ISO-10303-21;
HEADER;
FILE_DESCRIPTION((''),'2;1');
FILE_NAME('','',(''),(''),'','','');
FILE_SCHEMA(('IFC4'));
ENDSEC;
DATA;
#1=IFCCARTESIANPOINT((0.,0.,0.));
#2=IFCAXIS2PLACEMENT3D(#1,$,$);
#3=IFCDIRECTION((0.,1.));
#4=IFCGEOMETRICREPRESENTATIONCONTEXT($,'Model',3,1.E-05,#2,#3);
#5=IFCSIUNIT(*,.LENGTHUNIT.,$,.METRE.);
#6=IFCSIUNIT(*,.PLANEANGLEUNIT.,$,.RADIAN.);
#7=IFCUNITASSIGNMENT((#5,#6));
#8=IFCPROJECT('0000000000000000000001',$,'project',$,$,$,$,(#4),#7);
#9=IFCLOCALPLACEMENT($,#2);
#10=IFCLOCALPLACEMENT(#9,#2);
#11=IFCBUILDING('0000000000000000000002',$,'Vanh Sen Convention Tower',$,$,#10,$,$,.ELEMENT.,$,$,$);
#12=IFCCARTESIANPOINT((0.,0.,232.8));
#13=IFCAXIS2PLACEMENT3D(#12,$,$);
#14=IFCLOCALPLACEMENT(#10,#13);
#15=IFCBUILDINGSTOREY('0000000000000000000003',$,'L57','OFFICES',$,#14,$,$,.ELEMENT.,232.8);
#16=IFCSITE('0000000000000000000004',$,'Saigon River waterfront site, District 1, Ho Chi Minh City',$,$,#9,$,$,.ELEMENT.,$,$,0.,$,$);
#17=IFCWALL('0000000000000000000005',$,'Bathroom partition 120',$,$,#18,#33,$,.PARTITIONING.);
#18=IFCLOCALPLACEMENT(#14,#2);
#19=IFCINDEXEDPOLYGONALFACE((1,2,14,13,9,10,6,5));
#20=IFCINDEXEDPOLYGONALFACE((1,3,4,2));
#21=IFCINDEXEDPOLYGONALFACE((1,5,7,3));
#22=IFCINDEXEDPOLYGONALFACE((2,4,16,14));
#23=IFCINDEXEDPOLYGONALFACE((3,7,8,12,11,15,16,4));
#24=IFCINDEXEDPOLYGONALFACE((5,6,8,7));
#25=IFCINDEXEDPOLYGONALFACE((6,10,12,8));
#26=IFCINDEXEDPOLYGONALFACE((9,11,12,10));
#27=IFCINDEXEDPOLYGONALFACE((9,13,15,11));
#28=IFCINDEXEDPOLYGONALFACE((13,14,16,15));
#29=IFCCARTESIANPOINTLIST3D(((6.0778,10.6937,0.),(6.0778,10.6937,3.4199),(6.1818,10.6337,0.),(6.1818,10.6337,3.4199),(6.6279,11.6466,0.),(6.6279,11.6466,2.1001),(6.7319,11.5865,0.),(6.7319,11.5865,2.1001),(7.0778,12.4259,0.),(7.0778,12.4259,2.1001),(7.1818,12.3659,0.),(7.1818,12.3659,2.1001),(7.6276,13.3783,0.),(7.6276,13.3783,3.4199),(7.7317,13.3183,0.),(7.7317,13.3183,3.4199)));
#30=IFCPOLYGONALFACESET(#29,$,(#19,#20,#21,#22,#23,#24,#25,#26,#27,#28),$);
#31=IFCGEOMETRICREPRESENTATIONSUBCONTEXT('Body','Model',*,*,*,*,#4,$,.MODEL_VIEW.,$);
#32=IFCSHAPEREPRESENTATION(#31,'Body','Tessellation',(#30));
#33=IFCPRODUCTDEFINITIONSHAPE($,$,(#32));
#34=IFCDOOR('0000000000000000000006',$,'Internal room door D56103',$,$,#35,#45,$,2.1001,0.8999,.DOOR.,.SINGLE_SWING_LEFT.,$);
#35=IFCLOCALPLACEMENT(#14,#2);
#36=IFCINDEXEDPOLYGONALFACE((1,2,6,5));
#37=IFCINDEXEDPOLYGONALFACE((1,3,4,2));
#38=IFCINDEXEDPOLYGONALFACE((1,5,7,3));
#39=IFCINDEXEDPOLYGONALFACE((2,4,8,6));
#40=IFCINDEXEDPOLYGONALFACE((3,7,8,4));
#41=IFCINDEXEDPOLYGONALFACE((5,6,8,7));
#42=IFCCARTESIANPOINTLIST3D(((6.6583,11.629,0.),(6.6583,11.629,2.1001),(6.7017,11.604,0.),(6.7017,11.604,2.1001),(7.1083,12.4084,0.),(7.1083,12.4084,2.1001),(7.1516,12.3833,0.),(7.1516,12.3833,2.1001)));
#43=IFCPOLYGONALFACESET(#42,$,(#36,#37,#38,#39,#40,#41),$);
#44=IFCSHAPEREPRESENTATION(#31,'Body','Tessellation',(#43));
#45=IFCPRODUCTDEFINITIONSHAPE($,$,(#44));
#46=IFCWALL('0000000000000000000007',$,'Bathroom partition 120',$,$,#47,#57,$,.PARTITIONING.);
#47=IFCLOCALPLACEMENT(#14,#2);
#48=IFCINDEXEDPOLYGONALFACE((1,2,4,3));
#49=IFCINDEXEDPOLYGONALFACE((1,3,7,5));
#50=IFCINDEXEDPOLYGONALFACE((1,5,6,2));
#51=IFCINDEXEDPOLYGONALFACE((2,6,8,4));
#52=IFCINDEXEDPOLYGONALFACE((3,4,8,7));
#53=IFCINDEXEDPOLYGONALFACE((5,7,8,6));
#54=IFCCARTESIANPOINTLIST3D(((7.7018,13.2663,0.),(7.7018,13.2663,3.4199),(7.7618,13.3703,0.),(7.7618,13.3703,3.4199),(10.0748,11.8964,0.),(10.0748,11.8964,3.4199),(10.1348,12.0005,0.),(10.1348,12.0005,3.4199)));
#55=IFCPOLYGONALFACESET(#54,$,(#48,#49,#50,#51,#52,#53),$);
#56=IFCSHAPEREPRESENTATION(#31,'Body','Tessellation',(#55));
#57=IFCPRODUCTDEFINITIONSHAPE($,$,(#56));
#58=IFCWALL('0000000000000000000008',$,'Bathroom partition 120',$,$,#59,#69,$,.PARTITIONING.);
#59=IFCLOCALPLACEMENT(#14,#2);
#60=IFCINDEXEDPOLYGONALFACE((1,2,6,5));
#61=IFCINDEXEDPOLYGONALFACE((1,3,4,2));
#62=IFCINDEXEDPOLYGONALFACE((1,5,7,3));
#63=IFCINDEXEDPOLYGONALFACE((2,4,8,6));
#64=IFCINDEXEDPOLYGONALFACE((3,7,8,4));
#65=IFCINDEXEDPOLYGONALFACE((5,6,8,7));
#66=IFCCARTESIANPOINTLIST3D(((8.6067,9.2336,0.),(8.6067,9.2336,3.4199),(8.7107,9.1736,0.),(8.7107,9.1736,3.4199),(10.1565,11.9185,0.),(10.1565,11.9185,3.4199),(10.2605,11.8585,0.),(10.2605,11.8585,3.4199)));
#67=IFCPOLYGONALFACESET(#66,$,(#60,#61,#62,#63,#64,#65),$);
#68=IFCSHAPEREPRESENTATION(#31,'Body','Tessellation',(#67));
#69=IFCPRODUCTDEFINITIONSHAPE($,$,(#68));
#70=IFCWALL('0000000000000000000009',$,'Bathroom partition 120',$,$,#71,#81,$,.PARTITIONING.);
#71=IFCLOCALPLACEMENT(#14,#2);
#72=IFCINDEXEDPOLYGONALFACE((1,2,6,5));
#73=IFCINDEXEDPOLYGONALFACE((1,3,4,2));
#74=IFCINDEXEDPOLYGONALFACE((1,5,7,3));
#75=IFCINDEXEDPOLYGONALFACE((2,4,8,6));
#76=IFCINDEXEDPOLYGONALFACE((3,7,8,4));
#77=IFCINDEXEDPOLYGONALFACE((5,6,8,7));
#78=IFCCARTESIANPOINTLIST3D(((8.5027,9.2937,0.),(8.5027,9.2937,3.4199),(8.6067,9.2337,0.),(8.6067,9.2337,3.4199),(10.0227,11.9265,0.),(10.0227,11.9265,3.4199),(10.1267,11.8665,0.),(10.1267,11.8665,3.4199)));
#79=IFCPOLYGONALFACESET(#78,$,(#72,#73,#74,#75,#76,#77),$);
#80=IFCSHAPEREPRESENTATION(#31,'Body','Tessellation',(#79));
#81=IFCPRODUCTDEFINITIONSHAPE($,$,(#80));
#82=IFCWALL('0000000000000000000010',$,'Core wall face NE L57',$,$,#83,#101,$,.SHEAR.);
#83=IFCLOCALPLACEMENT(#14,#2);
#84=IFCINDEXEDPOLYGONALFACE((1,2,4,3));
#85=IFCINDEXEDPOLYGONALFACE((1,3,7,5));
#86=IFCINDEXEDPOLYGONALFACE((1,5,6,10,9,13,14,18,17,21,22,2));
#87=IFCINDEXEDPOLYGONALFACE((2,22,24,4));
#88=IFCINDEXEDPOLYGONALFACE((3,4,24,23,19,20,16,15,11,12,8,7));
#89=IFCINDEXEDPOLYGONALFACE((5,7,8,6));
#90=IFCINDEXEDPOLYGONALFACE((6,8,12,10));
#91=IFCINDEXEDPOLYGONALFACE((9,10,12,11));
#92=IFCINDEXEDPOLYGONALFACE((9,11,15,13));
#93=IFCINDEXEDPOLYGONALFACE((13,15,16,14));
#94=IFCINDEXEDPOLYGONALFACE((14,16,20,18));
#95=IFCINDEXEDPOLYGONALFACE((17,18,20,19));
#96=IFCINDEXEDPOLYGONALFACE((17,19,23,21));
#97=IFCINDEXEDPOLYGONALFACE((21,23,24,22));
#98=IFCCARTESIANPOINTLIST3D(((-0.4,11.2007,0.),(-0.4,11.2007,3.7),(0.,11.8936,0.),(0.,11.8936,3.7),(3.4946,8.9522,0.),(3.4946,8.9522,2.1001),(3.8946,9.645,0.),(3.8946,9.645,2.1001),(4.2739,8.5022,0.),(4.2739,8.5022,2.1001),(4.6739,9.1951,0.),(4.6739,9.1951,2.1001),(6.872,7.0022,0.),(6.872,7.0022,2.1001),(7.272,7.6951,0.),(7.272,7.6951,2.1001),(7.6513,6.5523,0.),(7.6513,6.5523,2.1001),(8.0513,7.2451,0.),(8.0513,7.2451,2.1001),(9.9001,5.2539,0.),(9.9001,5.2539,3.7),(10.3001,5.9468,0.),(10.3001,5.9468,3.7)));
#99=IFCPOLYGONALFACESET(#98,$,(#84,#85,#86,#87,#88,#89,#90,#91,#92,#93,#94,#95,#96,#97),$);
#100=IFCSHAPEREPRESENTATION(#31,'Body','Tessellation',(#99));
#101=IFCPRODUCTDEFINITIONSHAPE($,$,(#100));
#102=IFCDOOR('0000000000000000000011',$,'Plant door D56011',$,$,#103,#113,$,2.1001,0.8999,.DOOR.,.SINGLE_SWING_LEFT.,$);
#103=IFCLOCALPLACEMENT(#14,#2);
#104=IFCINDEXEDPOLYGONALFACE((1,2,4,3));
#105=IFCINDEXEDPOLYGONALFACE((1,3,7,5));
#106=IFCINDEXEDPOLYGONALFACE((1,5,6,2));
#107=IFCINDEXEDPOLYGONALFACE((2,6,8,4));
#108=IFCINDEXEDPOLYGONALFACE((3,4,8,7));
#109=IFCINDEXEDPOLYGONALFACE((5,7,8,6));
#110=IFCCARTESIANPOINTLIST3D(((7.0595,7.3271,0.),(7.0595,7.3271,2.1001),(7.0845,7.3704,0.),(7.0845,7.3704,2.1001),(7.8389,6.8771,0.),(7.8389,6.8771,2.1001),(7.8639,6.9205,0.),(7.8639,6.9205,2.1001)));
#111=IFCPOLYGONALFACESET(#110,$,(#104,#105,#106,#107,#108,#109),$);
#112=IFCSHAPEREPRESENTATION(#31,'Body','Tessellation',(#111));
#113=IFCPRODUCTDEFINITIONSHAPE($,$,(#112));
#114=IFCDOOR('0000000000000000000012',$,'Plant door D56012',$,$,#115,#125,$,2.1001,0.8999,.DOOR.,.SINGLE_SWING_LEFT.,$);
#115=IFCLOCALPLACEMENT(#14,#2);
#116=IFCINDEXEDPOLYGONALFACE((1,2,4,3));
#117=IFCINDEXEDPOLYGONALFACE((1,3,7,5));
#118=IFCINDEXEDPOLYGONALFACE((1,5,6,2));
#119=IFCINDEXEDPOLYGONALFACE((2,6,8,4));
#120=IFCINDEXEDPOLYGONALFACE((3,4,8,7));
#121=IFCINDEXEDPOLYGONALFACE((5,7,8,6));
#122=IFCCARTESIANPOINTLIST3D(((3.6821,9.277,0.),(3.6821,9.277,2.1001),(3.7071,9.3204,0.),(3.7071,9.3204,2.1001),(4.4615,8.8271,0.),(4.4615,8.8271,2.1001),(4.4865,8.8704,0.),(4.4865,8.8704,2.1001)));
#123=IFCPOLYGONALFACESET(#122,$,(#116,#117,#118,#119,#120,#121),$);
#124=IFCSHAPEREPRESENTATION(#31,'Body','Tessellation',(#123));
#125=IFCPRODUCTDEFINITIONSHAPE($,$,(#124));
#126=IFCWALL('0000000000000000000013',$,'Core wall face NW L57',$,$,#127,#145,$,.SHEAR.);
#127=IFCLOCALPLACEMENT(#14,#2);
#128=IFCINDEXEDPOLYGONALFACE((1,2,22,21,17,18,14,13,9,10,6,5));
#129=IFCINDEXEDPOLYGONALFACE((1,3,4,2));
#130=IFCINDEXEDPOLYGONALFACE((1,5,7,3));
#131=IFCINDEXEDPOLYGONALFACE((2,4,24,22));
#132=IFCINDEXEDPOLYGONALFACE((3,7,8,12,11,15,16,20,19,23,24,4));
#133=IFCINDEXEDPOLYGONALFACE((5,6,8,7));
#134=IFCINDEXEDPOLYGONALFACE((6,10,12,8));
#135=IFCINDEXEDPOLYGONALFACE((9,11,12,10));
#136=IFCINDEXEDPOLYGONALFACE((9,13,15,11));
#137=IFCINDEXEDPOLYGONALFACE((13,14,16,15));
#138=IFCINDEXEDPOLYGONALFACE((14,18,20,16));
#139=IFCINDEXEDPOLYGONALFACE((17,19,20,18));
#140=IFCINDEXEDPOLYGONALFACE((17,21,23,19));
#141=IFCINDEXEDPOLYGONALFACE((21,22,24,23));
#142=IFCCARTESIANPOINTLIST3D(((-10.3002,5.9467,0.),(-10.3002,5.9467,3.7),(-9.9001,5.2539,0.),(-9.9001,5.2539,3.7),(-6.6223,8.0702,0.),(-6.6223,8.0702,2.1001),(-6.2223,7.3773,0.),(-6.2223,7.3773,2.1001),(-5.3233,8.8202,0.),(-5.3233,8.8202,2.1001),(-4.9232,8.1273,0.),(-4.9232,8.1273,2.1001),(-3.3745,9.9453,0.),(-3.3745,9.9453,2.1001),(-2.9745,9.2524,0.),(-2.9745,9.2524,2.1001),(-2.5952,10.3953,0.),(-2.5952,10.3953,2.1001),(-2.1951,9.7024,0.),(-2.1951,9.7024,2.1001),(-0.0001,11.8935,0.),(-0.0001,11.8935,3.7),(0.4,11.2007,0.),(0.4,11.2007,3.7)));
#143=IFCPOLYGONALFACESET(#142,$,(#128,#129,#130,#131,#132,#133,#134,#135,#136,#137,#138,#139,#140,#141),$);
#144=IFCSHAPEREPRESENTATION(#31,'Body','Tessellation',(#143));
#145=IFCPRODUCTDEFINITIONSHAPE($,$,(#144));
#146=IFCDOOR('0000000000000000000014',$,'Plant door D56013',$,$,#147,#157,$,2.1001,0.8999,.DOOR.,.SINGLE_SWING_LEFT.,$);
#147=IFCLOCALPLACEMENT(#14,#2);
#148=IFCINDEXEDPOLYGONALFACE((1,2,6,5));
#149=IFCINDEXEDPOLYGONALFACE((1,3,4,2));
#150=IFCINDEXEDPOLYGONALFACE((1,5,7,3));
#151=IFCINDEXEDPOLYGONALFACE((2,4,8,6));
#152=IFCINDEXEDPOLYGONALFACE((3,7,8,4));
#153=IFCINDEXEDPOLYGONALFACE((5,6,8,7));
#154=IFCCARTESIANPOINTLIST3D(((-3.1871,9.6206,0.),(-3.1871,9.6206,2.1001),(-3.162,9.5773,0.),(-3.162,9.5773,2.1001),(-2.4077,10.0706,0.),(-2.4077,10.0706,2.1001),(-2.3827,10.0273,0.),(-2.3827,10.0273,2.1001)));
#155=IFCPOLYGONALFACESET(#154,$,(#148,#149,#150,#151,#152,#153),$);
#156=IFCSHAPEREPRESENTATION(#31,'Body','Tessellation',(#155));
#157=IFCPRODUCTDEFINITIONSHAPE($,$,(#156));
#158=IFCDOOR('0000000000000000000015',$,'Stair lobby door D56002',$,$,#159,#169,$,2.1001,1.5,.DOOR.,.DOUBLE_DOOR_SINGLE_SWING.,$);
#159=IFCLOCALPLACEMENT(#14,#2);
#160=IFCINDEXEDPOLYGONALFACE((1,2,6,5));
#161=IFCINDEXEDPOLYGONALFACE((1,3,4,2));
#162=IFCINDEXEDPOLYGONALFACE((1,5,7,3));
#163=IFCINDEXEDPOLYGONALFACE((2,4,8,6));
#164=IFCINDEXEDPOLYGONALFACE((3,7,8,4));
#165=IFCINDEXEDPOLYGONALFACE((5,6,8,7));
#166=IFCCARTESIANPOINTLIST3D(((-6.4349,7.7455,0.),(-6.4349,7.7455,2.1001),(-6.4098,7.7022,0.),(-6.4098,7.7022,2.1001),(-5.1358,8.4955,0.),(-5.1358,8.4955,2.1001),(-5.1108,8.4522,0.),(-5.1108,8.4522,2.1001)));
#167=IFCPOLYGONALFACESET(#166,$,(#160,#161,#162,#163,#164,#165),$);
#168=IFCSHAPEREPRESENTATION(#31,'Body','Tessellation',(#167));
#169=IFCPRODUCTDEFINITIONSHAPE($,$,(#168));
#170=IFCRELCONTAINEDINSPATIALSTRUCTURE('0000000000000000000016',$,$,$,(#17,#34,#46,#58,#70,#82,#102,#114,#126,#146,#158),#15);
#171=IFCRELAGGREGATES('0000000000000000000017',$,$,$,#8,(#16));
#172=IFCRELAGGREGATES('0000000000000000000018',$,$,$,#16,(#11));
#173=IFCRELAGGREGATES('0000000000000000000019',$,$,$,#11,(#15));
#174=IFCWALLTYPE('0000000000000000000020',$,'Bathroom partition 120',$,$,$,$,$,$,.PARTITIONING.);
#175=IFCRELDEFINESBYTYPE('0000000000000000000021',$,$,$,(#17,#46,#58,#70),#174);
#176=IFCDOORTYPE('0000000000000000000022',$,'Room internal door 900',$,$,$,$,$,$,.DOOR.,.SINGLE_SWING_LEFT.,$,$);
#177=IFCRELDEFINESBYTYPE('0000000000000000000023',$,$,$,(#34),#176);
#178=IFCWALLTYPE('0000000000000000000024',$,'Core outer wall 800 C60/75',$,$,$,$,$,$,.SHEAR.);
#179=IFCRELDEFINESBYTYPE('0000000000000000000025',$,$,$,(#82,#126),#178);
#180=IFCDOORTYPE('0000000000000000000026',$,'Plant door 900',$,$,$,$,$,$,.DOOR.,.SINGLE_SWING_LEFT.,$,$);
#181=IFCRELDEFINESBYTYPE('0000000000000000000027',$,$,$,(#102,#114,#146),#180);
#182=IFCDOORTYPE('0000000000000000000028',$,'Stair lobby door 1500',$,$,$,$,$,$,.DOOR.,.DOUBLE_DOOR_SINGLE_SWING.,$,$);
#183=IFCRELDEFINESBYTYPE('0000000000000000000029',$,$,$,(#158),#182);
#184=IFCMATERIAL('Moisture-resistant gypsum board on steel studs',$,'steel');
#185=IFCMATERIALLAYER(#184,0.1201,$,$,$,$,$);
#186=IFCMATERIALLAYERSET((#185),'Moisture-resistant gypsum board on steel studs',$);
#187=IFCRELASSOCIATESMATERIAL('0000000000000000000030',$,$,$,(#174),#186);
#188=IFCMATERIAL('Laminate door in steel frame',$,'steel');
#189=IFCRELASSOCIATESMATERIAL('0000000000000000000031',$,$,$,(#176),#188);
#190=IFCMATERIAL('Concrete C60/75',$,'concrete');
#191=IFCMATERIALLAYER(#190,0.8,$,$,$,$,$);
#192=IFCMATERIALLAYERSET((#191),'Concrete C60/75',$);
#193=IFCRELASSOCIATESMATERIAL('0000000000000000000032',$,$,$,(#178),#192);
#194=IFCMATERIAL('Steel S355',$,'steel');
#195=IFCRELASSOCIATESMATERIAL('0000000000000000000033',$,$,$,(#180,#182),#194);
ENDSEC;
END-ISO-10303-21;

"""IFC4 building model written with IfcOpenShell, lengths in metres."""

from ifc_helpers import new_model, si_unit, direction, frame, frame_2d, origin, place, context, subcontext, project, spatial, rectangle, extrude, material, layer, layer_set, type_object, element, fill, save


model = new_model("IFC4")

# Units and contexts
model_context = context("Model", 3, precision=1e-05, world=origin(), true_north=direction((0.0, 1.0)))
body_context = subcontext(model_context, "Body", "Model", "MODEL_VIEW")
ifc_project = project(units=[si_unit("LENGTHUNIT", "METRE"), si_unit("PLANEANGLEUNIT", "RADIAN")], contexts=[model_context])

# Site, building, storey
site_placement = place(None, origin())
site = spatial("IfcSite", under=ifc_project, at=site_placement, Name="Saigon River waterfront site, District 1, Ho Chi Minh City", CompositionType="ELEMENT", RefElevation=0.0)
building_placement = place(site_placement, origin())
building = spatial("IfcBuilding", under=site, at=building_placement, Name="Vanh Sen Convention Tower", CompositionType="ELEMENT")
storey_placement = place(building_placement, frame((0.0, 0.0, 232.8)))
storey = spatial("IfcBuildingStorey", under=building, at=storey_placement, Name="L57", Description="OFFICES", CompositionType="ELEMENT", Elevation=232.8)

# Wall, opening, door
ifc_material_1 = material(Name="Moisture-resistant gypsum board on steel studs", Category="steel")
ifc_layer_1 = layer(ifc_material_1, 0.1201)
ifc_layer_set_1 = layer_set([ifc_layer_1], Name="Moisture-resistant gypsum board on steel studs")
wall_type_1 = type_object("IfcWallType", Name="Bathroom partition 120", PredefinedType="PARTITIONING", material=ifc_layer_set_1)
wall_1_placement = place(storey_placement, frame((6.1299, 10.6638, 0.0), z_axis=(0.0, 0.0, 1.0), x_axis=(0.499968, 0.866044, 0.0)))
wall_1 = element("IfcWall", 1, at=wall_1_placement, inside=storey, type_object=wall_type_1, Name="Bathroom partition 120", PredefinedType="PARTITIONING", context=body_context, shape_type="SweptSolid", body=[
    extrude(rectangle(XDim=3.0999, YDim=0.1201, at=frame_2d((1.5498, 0.0))), origin(), (0.0, 0.0, 1.0), 3.4199),
])
opening_1_placement = place(wall_1_placement, frame((1.1001, 0.0, 0.0)))
opening_1 = element("IfcOpeningElement", 2, at=opening_1_placement, cuts=wall_1, PredefinedType="OPENING", context=body_context, shape_type="SweptSolid", body=[
    extrude(rectangle(XDim=0.8999, YDim=2.1001, at=frame_2d((0.45, 1.05))), frame((0.0, 0.0701, 0.0), z_axis=(0.0, -1.0, 0.0), x_axis=(1.0, 0.0, 0.0)), (0.0, 0.0, 1.0), 0.1401),
])
ifc_material_2 = material(Name="Laminate door in steel frame", Category="steel")
door_type_1 = type_object("IfcDoorType", Name="Room internal door 900", OperationType="SINGLE_SWING_LEFT", PredefinedType="DOOR", material=ifc_material_2)
door_1_placement = place(opening_1_placement, origin())
door_1 = element("IfcDoor", 3, at=door_1_placement, inside=storey, type_object=door_type_1, Name="Internal room door D56103", OperationType="SINGLE_SWING_LEFT", OverallHeight=2.1001, OverallWidth=0.8999, PredefinedType="DOOR", context=body_context, shape_type="SweptSolid", body=[
    extrude(rectangle(XDim=0.8999, YDim=2.1001, at=frame_2d((0.45, 1.05))), frame((0.0, 0.0249, 0.0), z_axis=(0.0, -1.0, 0.0), x_axis=(1.0, 0.0, 0.0)), (0.0, 0.0, 1.0), 0.05),
])
fill(opening_1, door_1)

# Walls
wall_2_placement = place(storey_placement, frame((7.7317, 13.3184, 0.0), z_axis=(0.0, 0.0, 1.0), x_axis=(0.866058, -0.499944, 0.0)))
element("IfcWall", 4, at=wall_2_placement, inside=storey, type_object=wall_type_1, Name="Bathroom partition 120", PredefinedType="PARTITIONING", context=body_context, shape_type="SweptSolid", body=[
    extrude(rectangle(XDim=2.74, YDim=0.1201, at=frame_2d((1.3701, 0.0))), origin(), (0.0, 0.0, 1.0), 3.4199),
])
wall_3_placement = place(storey_placement, frame((8.6587, 9.2036, 0.0), z_axis=(0.0, 0.0, 1.0), x_axis=(0.499934, 0.866064, 0.0)))
element("IfcWall", 5, at=wall_3_placement, inside=storey, type_object=wall_type_1, Name="Bathroom partition 120", PredefinedType="PARTITIONING", context=body_context, shape_type="SweptSolid", body=[
    extrude(rectangle(XDim=3.1001, YDim=0.1201, at=frame_2d((1.55, 0.0))), origin(), (0.0, 0.0, 1.0), 3.4199),
])
wall_4_placement = place(storey_placement, frame((10.0747, 11.8965, 0.0), z_axis=(0.0, 0.0, 1.0), x_axis=(-0.499991, -0.86603, 0.0)))
element("IfcWall", 6, at=wall_4_placement, inside=storey, type_object=wall_type_1, Name="Bathroom partition 120", PredefinedType="PARTITIONING", context=body_context, shape_type="SweptSolid", body=[
    extrude(rectangle(XDim=3.04, YDim=0.1201, at=frame_2d((1.52, 0.0))), origin(), (0.0, 0.0, 1.0), 3.4199),
])

# Walls, openings, doors
ifc_material_3 = material(Name="Concrete C60/75", Category="concrete")
ifc_layer_2 = layer(ifc_material_3, 0.8)
ifc_layer_set_2 = layer_set([ifc_layer_2], Name="Concrete C60/75")
wall_type_2 = type_object("IfcWallType", Name="Core outer wall 800 C60/75", PredefinedType="SHEAR", material=ifc_layer_set_2)
wall_5_placement = place(storey_placement, frame((10.1001, 5.6003, 0.0), z_axis=(0.0, 0.0, 1.0), x_axis=(-0.866024, 0.500003, 0.0)))
wall_5 = element("IfcWall", 7, at=wall_5_placement, inside=storey, type_object=wall_type_2, Name="Core wall face NE L57", PredefinedType="SHEAR", context=body_context, shape_type="SweptSolid", body=[
    extrude(rectangle(XDim=11.8936, YDim=0.8, at=frame_2d((5.9468, 0.0))), origin(), (0.0, 0.0, 1.0), 3.7),
])
opening_2_placement = place(wall_5_placement, frame((2.5967, 0.0, 0.0)))
opening_2 = element("IfcOpeningElement", 8, at=opening_2_placement, cuts=wall_5, PredefinedType="OPENING", context=body_context, shape_type="SweptSolid", body=[
    extrude(rectangle(XDim=0.8999, YDim=2.1001, at=frame_2d((0.45, 1.05))), frame((0.0, 0.4099, 0.0), z_axis=(0.0, -1.0, 0.0), x_axis=(1.0, 0.0, 0.0)), (0.0, 0.0, 1.0), 0.8201),
])
opening_3_placement = place(wall_5_placement, frame((6.4966, 0.0, 0.0)))
opening_3 = element("IfcOpeningElement", 9, at=opening_3_placement, cuts=wall_5, PredefinedType="OPENING", context=body_context, shape_type="SweptSolid", body=[
    extrude(rectangle(XDim=0.8999, YDim=2.1001, at=frame_2d((0.45, 1.05))), frame((0.0, 0.4099, 0.0), z_axis=(0.0, -1.0, 0.0), x_axis=(1.0, 0.0, 0.0)), (0.0, 0.0, 1.0), 0.8201),
])
ifc_material_4 = material(Name="Steel S355", Category="steel")
door_type_2 = type_object("IfcDoorType", Name="Plant door 900", OperationType="SINGLE_SWING_LEFT", PredefinedType="DOOR", material=ifc_material_4)
door_2_placement = place(opening_2_placement, origin())
door_2 = element("IfcDoor", 10, at=door_2_placement, inside=storey, type_object=door_type_2, Name="Plant door D56011", OperationType="SINGLE_SWING_LEFT", OverallHeight=2.1001, OverallWidth=0.8999, PredefinedType="DOOR", context=body_context, shape_type="SweptSolid", body=[
    extrude(rectangle(XDim=0.8999, YDim=2.1001, at=frame_2d((0.45, 1.05))), frame((0.0, 0.0249, 0.0), z_axis=(0.0, -1.0, 0.0), x_axis=(1.0, 0.0, 0.0)), (0.0, 0.0, 1.0), 0.05),
])
fill(opening_2, door_2)
door_3_placement = place(opening_3_placement, origin())
door_3 = element("IfcDoor", 11, at=door_3_placement, inside=storey, type_object=door_type_2, Name="Plant door D56012", OperationType="SINGLE_SWING_LEFT", OverallHeight=2.1001, OverallWidth=0.8999, PredefinedType="DOOR", context=body_context, shape_type="SweptSolid", body=[
    extrude(rectangle(XDim=0.8999, YDim=2.1001, at=frame_2d((0.45, 1.05))), frame((0.0, 0.0249, 0.0), z_axis=(0.0, -1.0, 0.0), x_axis=(1.0, 0.0, 0.0)), (0.0, 0.0, 1.0), 0.05),
])
fill(opening_3, door_3)
wall_6_placement = place(storey_placement, frame((0.2, 11.5471, 0.0), z_axis=(0.0, 0.0, 1.0), x_axis=(-0.866024, -0.500003, 0.0)))
wall_6 = element("IfcWall", 12, at=wall_6_placement, inside=storey, type_object=wall_type_2, Name="Core wall face NW L57", PredefinedType="SHEAR", context=body_context, shape_type="SweptSolid", body=[
    extrude(rectangle(XDim=11.8936, YDim=0.8, at=frame_2d((5.9468, 0.0))), origin(), (0.0, 0.0, 1.0), 3.7),
])
opening_4_placement = place(wall_6_placement, frame((6.1467, 0.0, 0.0)))
opening_4 = element("IfcOpeningElement", 13, at=opening_4_placement, cuts=wall_6, PredefinedType="OPENING", context=body_context, shape_type="SweptSolid", body=[
    extrude(rectangle(XDim=1.5, YDim=2.1001, at=frame_2d((0.75, 1.05))), frame((0.0, 0.4099, 0.0), z_axis=(0.0, -1.0, 0.0), x_axis=(1.0, 0.0, 0.0)), (0.0, 0.0, 1.0), 0.8201),
])
opening_5_placement = place(wall_6_placement, frame((2.9966, 0.0, 0.0)))
opening_5 = element("IfcOpeningElement", 14, at=opening_5_placement, cuts=wall_6, PredefinedType="OPENING", context=body_context, shape_type="SweptSolid", body=[
    extrude(rectangle(XDim=0.8999, YDim=2.1001, at=frame_2d((0.45, 1.05))), frame((0.0, 0.4099, 0.0), z_axis=(0.0, -1.0, 0.0), x_axis=(1.0, 0.0, 0.0)), (0.0, 0.0, 1.0), 0.8201),
])
door_4_placement = place(opening_5_placement, origin())
door_4 = element("IfcDoor", 15, at=door_4_placement, inside=storey, type_object=door_type_2, Name="Plant door D56013", OperationType="SINGLE_SWING_LEFT", OverallHeight=2.1001, OverallWidth=0.8999, PredefinedType="DOOR", context=body_context, shape_type="SweptSolid", body=[
    extrude(rectangle(XDim=0.8999, YDim=2.1001, at=frame_2d((0.45, 1.05))), frame((0.0, 0.0249, 0.0), z_axis=(0.0, -1.0, 0.0), x_axis=(1.0, 0.0, 0.0)), (0.0, 0.0, 1.0), 0.05),
])
fill(opening_5, door_4)
door_type_3 = type_object("IfcDoorType", Name="Stair lobby door 1500", OperationType="DOUBLE_DOOR_SINGLE_SWING", PredefinedType="DOOR", material=ifc_material_4)
door_5_placement = place(opening_4_placement, origin())
door_5 = element("IfcDoor", 16, at=door_5_placement, inside=storey, type_object=door_type_3, Name="Stair lobby door D56002", OperationType="DOUBLE_DOOR_SINGLE_SWING", OverallHeight=2.1001, OverallWidth=1.5, PredefinedType="DOOR", context=body_context, shape_type="SweptSolid", body=[
    extrude(rectangle(XDim=1.5, YDim=2.1001, at=frame_2d((0.75, 1.05))), frame((0.0, 0.0249, 0.0), z_axis=(0.0, -1.0, 0.0), x_axis=(1.0, 0.0, 0.0)), (0.0, 0.0, 1.0), 0.05),
])
fill(opening_4, door_5)

save(model, "model.ifc")
